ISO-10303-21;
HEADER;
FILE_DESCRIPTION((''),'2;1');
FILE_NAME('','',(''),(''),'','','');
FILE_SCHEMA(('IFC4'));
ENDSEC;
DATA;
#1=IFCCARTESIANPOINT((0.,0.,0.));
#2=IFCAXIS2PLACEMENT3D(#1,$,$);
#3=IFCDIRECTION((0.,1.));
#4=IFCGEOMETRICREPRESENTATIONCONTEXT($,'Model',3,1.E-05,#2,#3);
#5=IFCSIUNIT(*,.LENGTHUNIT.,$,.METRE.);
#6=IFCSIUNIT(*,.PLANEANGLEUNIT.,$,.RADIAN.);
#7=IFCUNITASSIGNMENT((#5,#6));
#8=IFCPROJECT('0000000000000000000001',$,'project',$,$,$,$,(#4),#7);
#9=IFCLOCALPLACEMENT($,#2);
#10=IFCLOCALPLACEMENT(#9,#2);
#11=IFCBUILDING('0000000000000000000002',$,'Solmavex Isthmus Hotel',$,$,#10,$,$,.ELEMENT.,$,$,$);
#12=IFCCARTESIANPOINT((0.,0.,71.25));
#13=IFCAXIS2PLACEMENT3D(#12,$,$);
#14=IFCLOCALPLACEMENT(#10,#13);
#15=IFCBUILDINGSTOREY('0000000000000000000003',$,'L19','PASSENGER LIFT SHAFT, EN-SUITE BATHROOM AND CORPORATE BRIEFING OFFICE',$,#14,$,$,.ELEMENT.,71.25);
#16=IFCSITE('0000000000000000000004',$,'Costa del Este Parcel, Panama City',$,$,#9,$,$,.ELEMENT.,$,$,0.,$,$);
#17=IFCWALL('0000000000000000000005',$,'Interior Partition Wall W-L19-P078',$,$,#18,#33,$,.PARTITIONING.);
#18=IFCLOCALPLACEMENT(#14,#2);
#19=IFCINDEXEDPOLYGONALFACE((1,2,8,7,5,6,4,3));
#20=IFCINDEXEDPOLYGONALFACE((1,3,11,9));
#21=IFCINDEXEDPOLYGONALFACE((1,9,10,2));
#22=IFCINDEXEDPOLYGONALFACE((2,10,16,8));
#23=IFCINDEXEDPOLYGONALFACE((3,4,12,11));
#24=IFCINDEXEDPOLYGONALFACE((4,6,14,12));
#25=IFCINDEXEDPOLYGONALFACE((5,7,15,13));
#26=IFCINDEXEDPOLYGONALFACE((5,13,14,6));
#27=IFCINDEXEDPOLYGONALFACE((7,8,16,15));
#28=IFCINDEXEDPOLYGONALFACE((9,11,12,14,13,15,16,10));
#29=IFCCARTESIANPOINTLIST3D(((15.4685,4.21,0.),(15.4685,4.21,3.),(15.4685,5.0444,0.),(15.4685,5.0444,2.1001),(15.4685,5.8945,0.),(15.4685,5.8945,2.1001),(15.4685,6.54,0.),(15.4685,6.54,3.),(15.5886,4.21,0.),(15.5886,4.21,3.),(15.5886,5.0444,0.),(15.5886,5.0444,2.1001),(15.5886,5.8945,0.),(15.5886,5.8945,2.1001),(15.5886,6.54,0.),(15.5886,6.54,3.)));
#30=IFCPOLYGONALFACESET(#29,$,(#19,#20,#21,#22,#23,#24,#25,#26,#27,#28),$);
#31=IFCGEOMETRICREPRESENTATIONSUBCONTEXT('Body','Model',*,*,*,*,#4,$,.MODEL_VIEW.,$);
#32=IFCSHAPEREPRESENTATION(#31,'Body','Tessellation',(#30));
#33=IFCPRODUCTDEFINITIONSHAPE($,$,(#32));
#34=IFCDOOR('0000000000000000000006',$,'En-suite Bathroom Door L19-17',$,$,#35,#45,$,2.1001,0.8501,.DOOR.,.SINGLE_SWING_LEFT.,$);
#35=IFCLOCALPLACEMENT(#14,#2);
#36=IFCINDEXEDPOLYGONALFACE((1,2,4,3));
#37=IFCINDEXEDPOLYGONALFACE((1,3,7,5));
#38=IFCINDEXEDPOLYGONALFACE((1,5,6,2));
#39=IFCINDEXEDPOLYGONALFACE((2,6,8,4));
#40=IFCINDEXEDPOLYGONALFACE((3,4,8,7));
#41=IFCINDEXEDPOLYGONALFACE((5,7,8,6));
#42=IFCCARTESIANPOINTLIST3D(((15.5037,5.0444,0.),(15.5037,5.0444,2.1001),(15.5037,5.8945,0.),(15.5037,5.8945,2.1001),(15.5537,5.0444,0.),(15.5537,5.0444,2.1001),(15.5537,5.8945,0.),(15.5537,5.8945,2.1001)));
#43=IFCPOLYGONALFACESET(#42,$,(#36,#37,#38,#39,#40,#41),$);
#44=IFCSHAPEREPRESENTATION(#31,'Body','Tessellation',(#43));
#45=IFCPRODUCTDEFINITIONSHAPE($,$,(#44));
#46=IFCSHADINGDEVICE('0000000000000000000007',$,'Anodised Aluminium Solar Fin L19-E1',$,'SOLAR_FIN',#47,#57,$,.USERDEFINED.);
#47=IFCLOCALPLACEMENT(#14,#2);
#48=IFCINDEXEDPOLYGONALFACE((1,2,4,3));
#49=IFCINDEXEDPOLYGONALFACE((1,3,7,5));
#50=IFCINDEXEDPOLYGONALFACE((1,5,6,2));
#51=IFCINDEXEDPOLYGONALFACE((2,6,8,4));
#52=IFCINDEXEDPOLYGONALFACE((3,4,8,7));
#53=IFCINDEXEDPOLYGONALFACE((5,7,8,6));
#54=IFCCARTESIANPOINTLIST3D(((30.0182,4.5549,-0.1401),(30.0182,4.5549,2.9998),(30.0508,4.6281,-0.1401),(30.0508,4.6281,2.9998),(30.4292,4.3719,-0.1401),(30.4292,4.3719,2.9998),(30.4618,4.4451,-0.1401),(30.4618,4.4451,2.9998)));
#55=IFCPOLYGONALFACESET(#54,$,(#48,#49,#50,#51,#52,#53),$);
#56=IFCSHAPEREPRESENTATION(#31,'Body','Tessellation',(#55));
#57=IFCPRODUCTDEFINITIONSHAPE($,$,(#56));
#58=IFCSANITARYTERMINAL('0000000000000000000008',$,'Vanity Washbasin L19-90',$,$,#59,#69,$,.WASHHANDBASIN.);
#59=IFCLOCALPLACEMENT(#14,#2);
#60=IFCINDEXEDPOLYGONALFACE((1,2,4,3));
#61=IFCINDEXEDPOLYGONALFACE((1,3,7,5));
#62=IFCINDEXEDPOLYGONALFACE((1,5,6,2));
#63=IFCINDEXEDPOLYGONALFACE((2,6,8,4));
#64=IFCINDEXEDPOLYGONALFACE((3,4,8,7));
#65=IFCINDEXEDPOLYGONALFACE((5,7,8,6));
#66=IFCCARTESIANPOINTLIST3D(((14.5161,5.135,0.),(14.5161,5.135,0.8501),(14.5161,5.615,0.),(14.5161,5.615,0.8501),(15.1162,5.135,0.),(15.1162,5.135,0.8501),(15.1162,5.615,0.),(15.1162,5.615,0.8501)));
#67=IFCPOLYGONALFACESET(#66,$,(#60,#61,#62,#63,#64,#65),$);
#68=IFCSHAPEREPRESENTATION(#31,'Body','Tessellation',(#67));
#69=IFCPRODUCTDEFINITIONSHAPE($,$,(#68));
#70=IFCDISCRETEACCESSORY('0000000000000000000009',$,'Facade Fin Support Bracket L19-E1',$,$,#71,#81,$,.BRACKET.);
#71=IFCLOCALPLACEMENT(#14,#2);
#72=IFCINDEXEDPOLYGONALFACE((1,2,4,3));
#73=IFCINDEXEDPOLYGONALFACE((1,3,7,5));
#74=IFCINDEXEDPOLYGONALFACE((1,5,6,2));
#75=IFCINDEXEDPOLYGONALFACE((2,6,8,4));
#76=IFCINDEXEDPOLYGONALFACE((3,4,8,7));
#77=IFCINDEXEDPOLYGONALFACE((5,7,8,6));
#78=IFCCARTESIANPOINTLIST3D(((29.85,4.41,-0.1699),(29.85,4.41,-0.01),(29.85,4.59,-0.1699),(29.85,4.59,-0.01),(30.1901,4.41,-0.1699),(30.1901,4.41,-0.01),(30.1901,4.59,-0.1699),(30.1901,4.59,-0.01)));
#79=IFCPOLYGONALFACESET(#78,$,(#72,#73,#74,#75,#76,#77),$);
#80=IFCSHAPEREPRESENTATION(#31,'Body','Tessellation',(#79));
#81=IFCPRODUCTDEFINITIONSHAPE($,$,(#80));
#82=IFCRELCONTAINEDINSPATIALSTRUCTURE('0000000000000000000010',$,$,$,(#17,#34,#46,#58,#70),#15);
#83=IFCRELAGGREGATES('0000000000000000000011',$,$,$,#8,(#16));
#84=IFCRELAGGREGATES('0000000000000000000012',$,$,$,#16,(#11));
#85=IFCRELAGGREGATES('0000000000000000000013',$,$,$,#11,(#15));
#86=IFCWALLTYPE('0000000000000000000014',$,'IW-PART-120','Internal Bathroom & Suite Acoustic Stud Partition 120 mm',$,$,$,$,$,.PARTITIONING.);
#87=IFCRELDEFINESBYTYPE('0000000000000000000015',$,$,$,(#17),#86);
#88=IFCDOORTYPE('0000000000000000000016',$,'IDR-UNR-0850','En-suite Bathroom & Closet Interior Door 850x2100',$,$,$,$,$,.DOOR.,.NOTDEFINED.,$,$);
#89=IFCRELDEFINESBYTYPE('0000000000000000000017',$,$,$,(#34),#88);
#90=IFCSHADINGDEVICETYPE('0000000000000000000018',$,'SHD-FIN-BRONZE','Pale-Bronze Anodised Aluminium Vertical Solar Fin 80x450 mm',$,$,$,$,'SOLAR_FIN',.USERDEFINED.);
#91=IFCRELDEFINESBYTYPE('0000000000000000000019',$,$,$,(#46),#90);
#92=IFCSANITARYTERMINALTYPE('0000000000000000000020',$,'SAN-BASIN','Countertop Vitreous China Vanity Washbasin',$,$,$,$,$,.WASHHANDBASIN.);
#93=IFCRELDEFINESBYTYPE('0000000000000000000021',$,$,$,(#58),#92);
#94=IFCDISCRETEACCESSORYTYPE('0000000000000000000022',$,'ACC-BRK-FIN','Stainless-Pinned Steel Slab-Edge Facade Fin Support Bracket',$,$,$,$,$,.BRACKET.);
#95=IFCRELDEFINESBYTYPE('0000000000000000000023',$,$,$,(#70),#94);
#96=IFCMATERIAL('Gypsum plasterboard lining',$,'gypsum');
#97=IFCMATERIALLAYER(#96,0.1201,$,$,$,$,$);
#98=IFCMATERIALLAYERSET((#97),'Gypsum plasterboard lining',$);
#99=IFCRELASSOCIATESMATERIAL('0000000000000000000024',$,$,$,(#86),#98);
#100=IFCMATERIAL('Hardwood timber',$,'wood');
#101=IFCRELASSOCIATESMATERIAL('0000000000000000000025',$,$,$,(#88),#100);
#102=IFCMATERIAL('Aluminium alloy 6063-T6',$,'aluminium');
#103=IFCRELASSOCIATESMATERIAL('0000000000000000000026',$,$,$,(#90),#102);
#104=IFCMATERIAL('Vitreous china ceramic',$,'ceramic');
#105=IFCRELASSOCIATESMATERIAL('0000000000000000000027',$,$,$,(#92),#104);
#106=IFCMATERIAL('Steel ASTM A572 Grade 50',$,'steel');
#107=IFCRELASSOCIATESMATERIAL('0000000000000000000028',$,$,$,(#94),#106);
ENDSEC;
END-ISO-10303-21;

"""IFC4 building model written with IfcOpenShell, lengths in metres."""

from ifc_helpers import new_model, si_unit, direction, frame, frame_2d, origin, origin_2d, place, context, subcontext, project, spatial, rectangle, extrude, material, layer, layer_set, type_object, element, fill, save


model = new_model("IFC4")

# Units and contexts
model_context = context("Model", 3, precision=1e-05, world=origin(), true_north=direction((0.0, 1.0)))
body_context = subcontext(model_context, "Body", "Model", "MODEL_VIEW")
ifc_project = project(units=[si_unit("LENGTHUNIT", "METRE"), si_unit("PLANEANGLEUNIT", "RADIAN")], contexts=[model_context])

# Site, building, storey
site_placement = place(None, origin())
site = spatial("IfcSite", under=ifc_project, at=site_placement, Name="Costa del Este Parcel, Panama City", CompositionType="ELEMENT", RefElevation=0.0)
building_placement = place(site_placement, origin())
building = spatial("IfcBuilding", under=site, at=building_placement, Name="Solmavex Isthmus Hotel", CompositionType="ELEMENT")
storey_placement = place(building_placement, frame((0.0, 0.0, 71.25)))
storey = spatial("IfcBuildingStorey", under=building, at=storey_placement, Name="L19", Description="PASSENGER LIFT SHAFT, EN-SUITE BATHROOM AND CORPORATE BRIEFING OFFICE", CompositionType="ELEMENT", Elevation=71.25)

# Shared definitions
ifc_material_1 = material(Name="Aluminium alloy 6063-T6", Category="aluminium")

# Shared definitions
ifc_material_2 = material(Name="Gypsum plasterboard lining", Category="gypsum")

# Wall, opening, door
ifc_material_3 = material(Name="Hardwood timber", Category="wood")
ifc_layer_1 = layer(ifc_material_2, 0.1201)
ifc_layer_set_1 = layer_set([ifc_layer_1], Name="Gypsum plasterboard lining")
wall_type_1 = type_object("IfcWallType", Name="IW-PART-120", Description="Internal Bathroom & Suite Acoustic Stud Partition 120 mm", PredefinedType="PARTITIONING", material=ifc_layer_set_1)
wall_1_placement = place(storey_placement, frame((15.5286, 4.21, 0.0), z_axis=(0.0, 0.0, 1.0), x_axis=(0.0, 1.0, 0.0)))
wall_1 = element("IfcWall", 1, at=wall_1_placement, inside=storey, type_object=wall_type_1, Name="Interior Partition Wall W-L19-P078", PredefinedType="PARTITIONING", context=body_context, shape_type="SweptSolid", body=[
    extrude(rectangle(XDim=2.3301, YDim=0.1201, at=frame_2d((1.165, 0.0))), origin(), (0.0, 0.0, 1.0), 3.0),
])
opening_1_placement = place(wall_1_placement, frame((0.8345, 0.0, 0.0)))
opening_1 = element("IfcOpeningElement", 2, at=opening_1_placement, cuts=wall_1, PredefinedType="OPENING", context=body_context, shape_type="SweptSolid", body=[
    extrude(rectangle(XDim=0.8501, YDim=2.1001, at=frame_2d((0.425, 1.05))), frame((0.0, 0.0701, 0.0), z_axis=(0.0, -1.0, 0.0), x_axis=(1.0, 0.0, 0.0)), (0.0, 0.0, 1.0), 0.1401),
])
door_type_1 = type_object("IfcDoorType", Name="IDR-UNR-0850", Description="En-suite Bathroom & Closet Interior Door 850x2100", OperationType="NOTDEFINED", PredefinedType="DOOR", material=ifc_material_3)
door_1_placement = place(opening_1_placement, origin())
door_1 = element("IfcDoor", 3, at=door_1_placement, inside=storey, type_object=door_type_1, Name="En-suite Bathroom Door L19-17", OperationType="SINGLE_SWING_LEFT", OverallHeight=2.1001, OverallWidth=0.8501, PredefinedType="DOOR", context=body_context, shape_type="SweptSolid", body=[
    extrude(rectangle(XDim=0.8501, YDim=2.1001, at=frame_2d((0.425, 1.05))), frame((0.0, 0.0249, 0.0), z_axis=(0.0, -1.0, 0.0), x_axis=(1.0, 0.0, 0.0)), (0.0, 0.0, 1.0), 0.05),
])
fill(opening_1, door_1)

# Shading device
shading_device_type = type_object("IfcShadingDeviceType", Name="SHD-FIN-BRONZE", Description="Pale-Bronze Anodised Aluminium Vertical Solar Fin 80x450 mm", ElementType="SOLAR_FIN", PredefinedType="USERDEFINED", material=ifc_material_1)
shading_device_placement = place(storey_placement, frame((30.24, 4.5, -0.1401), z_axis=(0.0, 0.0, 1.0), x_axis=(0.913545, -0.406737, 0.0)))
element("IfcShadingDevice", 4, at=shading_device_placement, inside=storey, type_object=shading_device_type, Name="Anodised Aluminium Solar Fin L19-E1", ObjectType="SOLAR_FIN", PredefinedType="USERDEFINED", context=body_context, shape_type="SweptSolid", body=[
    extrude(rectangle(XDim=0.45, YDim=0.0801, at=origin_2d()), origin(), (0.0, 0.0, 1.0), 3.1399),
])

# Sanitary terminal
ifc_material_4 = material(Name="Vitreous china ceramic", Category="ceramic")
sanitary_terminal_type = type_object("IfcSanitaryTerminalType", Name="SAN-BASIN", Description="Countertop Vitreous China Vanity Washbasin", PredefinedType="WASHHANDBASIN", material=ifc_material_4)
sanitary_terminal_placement = place(storey_placement, frame((14.8162, 5.375, 0.0), z_axis=(0.0, 0.0, 1.0), x_axis=(1.0, 0.0, 0.0)))
element("IfcSanitaryTerminal", 5, at=sanitary_terminal_placement, inside=storey, type_object=sanitary_terminal_type, Name="Vanity Washbasin L19-90", PredefinedType="WASHHANDBASIN", context=body_context, shape_type="SweptSolid", body=[
    extrude(rectangle(XDim=0.6001, YDim=0.48, at=origin_2d()), origin(), (0.0, 0.0, 1.0), 0.8501),
])

# Discrete accessory
ifc_material_5 = material(Name="Steel ASTM A572 Grade 50", Category="steel")
discrete_accessory_type = type_object("IfcDiscreteAccessoryType", Name="ACC-BRK-FIN", Description="Stainless-Pinned Steel Slab-Edge Facade Fin Support Bracket", PredefinedType="BRACKET", material=ifc_material_5)
discrete_accessory_placement = place(storey_placement, frame((30.02, 4.5, -0.1699), z_axis=(0.0, 0.0, 1.0), x_axis=(1.0, 0.0, 0.0)))
element("IfcDiscreteAccessory", 6, at=discrete_accessory_placement, inside=storey, type_object=discrete_accessory_type, Name="Facade Fin Support Bracket L19-E1", PredefinedType="BRACKET", context=body_context, shape_type="SweptSolid", body=[
    extrude(rectangle(XDim=0.3401, YDim=0.1799, at=origin_2d()), origin(), (0.0, 0.0, 1.0), 0.1599),
])

save(model, "model.ifc")
